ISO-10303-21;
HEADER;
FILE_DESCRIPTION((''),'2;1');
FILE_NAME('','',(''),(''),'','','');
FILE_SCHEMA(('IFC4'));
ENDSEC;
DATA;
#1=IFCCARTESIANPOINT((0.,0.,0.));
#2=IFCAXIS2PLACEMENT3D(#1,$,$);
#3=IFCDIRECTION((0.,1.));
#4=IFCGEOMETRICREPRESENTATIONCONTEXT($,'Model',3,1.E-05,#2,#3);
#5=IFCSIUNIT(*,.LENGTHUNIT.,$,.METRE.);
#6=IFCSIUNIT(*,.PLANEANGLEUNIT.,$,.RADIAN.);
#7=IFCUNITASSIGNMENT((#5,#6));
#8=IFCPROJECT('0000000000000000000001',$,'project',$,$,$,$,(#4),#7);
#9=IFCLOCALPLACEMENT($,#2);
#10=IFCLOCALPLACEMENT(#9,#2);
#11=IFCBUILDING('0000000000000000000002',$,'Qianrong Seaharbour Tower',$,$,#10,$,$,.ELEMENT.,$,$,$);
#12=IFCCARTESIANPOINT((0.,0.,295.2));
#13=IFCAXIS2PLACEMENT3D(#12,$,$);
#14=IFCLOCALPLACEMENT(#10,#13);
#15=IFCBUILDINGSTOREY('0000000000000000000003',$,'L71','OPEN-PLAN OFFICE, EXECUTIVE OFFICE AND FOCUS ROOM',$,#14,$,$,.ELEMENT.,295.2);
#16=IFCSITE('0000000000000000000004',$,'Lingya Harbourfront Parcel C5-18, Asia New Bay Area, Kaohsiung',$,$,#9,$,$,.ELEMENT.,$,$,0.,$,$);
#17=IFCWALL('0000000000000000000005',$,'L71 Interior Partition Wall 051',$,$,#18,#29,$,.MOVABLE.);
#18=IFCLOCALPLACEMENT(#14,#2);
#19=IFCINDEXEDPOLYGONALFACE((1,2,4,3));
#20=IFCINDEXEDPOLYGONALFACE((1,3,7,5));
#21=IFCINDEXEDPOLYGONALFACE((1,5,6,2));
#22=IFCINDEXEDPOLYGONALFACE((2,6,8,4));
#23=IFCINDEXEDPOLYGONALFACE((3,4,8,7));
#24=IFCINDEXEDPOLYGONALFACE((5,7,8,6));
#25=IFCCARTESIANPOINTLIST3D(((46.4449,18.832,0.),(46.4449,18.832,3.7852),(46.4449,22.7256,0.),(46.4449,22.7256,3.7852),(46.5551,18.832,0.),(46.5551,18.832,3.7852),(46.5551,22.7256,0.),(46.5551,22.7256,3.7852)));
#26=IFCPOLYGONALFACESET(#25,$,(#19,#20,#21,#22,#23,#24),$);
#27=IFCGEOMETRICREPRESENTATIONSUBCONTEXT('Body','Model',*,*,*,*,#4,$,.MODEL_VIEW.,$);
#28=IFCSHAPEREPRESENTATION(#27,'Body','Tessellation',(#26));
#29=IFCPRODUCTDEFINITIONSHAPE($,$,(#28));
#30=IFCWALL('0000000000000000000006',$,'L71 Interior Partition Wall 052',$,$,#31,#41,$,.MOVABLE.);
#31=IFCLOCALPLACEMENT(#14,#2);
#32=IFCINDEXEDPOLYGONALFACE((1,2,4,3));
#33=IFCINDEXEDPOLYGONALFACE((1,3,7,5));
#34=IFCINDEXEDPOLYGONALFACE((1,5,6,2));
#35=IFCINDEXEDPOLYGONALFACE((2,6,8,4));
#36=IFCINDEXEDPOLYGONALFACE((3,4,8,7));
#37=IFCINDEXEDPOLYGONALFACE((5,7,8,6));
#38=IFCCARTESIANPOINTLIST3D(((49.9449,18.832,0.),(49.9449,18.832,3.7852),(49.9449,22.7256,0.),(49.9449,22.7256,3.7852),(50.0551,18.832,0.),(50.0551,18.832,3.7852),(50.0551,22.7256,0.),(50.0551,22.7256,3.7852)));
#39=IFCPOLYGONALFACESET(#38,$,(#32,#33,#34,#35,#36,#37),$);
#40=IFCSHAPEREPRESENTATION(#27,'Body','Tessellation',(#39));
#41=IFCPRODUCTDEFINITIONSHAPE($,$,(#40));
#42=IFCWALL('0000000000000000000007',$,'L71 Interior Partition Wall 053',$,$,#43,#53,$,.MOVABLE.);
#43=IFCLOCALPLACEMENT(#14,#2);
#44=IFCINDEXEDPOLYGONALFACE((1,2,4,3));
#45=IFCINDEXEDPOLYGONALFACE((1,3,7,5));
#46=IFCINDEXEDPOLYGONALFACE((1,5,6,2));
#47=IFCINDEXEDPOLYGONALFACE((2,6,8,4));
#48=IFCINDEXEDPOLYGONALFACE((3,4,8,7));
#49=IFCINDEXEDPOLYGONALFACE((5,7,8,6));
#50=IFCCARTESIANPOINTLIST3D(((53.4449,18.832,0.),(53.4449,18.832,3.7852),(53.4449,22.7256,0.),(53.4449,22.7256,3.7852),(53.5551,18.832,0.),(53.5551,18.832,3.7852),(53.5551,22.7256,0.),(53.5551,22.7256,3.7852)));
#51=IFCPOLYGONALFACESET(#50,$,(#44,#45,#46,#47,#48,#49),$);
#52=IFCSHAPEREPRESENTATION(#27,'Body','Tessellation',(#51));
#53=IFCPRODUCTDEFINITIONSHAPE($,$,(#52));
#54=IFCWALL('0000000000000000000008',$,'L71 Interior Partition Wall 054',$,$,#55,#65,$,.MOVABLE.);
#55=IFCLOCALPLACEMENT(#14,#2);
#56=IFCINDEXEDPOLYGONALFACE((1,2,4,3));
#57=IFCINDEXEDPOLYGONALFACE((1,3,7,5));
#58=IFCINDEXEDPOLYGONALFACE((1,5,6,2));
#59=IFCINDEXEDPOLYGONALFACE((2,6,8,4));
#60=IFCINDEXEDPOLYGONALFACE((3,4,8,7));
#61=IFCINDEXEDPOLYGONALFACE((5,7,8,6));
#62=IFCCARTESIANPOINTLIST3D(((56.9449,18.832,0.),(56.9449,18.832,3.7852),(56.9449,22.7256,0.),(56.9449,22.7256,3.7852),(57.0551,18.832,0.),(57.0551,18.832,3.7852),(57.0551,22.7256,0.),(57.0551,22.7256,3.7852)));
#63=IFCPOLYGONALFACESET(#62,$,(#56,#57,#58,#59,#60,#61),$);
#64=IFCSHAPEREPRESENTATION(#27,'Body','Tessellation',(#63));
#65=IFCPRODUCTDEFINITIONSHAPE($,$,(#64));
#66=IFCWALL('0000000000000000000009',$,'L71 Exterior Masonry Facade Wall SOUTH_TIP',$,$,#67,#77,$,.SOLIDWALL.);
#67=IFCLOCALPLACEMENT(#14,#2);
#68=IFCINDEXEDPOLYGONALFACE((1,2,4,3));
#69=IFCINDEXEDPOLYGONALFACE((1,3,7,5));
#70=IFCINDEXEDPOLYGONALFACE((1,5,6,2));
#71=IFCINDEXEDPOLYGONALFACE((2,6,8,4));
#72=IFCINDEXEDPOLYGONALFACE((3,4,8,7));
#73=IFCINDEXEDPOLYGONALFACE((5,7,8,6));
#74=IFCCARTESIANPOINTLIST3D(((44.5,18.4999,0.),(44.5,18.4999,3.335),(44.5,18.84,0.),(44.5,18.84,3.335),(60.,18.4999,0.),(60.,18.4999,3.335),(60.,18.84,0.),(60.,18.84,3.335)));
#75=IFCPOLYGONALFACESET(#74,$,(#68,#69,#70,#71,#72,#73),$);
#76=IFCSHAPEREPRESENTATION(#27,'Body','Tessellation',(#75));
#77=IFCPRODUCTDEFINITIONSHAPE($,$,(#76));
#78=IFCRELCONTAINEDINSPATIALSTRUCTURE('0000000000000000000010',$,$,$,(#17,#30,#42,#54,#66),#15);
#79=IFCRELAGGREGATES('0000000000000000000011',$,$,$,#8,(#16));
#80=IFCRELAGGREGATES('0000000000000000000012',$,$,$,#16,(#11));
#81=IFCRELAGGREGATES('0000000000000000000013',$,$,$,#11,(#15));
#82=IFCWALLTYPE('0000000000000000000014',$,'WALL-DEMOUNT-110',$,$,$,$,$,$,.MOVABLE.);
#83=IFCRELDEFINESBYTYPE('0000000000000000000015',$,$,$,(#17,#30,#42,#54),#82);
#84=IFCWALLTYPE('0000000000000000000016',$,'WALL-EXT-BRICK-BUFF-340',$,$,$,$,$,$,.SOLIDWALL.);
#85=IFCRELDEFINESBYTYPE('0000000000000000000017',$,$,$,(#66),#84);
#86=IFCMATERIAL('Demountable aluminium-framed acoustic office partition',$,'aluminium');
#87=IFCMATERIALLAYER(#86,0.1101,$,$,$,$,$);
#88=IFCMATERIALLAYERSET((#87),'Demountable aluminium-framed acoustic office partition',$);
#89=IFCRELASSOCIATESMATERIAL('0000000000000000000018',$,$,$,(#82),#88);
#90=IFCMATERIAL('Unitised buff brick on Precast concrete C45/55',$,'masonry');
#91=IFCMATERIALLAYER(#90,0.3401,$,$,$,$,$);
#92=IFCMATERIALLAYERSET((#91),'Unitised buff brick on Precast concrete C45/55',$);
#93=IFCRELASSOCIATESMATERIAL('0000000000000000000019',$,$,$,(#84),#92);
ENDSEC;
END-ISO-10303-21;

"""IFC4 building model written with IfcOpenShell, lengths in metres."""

from ifc_helpers import new_model, si_unit, direction, frame, frame_2d, origin, place, context, subcontext, project, spatial, rectangle, extrude, material, layer, layer_set, type_object, element, save


model = new_model("IFC4")

# Units and contexts
model_context = context("Model", 3, precision=1e-05, world=origin(), true_north=direction((0.0, 1.0)))
body_context = subcontext(model_context, "Body", "Model", "MODEL_VIEW")
ifc_project = project(units=[si_unit("LENGTHUNIT", "METRE"), si_unit("PLANEANGLEUNIT", "RADIAN")], contexts=[model_context])

# Site, building, storey
site_placement = place(None, origin())
site = spatial("IfcSite", under=ifc_project, at=site_placement, Name="Lingya Harbourfront Parcel C5-18, Asia New Bay Area, Kaohsiung", CompositionType="ELEMENT", RefElevation=0.0)
building_placement = place(site_placement, origin())
building = spatial("IfcBuilding", under=site, at=building_placement, Name="Qianrong Seaharbour Tower", CompositionType="ELEMENT")
storey_placement = place(building_placement, frame((0.0, 0.0, 295.2)))
storey = spatial("IfcBuildingStorey", under=building, at=storey_placement, Name="L71", Description="OPEN-PLAN OFFICE, EXECUTIVE OFFICE AND FOCUS ROOM", CompositionType="ELEMENT", Elevation=295.2)

# Walls
ifc_material_1 = material(Name="Demountable aluminium-framed acoustic office partition", Category="aluminium")
ifc_layer_1 = layer(ifc_material_1, 0.1101)
ifc_layer_set_1 = layer_set([ifc_layer_1], Name="Demountable aluminium-framed acoustic office partition")
wall_type_1 = type_object("IfcWallType", Name="WALL-DEMOUNT-110", PredefinedType="MOVABLE", material=ifc_layer_set_1)
for number, where, z_axis, x_axis, name in (
    (1, (46.5, 22.7256, 0.0), (0.0, 0.0, 1.0), (0.0, -1.0, 0.0), "L71 Interior Partition Wall 051"),
    (2, (50.0, 22.7256, 0.0), (0.0, 0.0, 1.0), (0.0, -1.0, 0.0), "L71 Interior Partition Wall 052"),
    (3, (53.5, 22.7256, 0.0), (0.0, 0.0, 1.0), (0.0, -1.0, 0.0), "L71 Interior Partition Wall 053"),
    (4, (57.0, 22.7256, 0.0), (0.0, 0.0, 1.0), (0.0, -1.0, 0.0), "L71 Interior Partition Wall 054"),
):
    element("IfcWall", number, at=place(storey_placement, frame(where, z_axis=z_axis, x_axis=x_axis)), inside=storey, type_object=wall_type_1, Name=name, PredefinedType="MOVABLE", context=body_context, shape_type="SweptSolid", body=[
        extrude(rectangle(XDim=3.8936, YDim=0.1101, at=frame_2d((1.9468, 0.0))), origin(), (0.0, 0.0, 1.0), 3.7852),
    ])
ifc_material_2 = material(Name="Unitised buff brick on Precast concrete C45/55", Category="masonry")
ifc_layer_2 = layer(ifc_material_2, 0.3401)
ifc_layer_set_2 = layer_set([ifc_layer_2], Name="Unitised buff brick on Precast concrete C45/55")
wall_type_2 = type_object("IfcWallType", Name="WALL-EXT-BRICK-BUFF-340", PredefinedType="SOLIDWALL", material=ifc_layer_set_2)
wall_1_placement = place(storey_placement, frame((60.0, 18.6699, 0.0), z_axis=(0.0, 0.0, 1.0), x_axis=(-1.0, 0.0, 0.0)))
element("IfcWall", 5, at=wall_1_placement, inside=storey, type_object=wall_type_2, Name="L71 Exterior Masonry Facade Wall SOUTH_TIP", PredefinedType="SOLIDWALL", context=body_context, shape_type="SweptSolid", body=[
    extrude(rectangle(XDim=15.5, YDim=0.3401, at=frame_2d((7.75, 0.0))), origin(), (0.0, 0.0, 1.0), 3.335),
])

save(model, "model.ifc")
